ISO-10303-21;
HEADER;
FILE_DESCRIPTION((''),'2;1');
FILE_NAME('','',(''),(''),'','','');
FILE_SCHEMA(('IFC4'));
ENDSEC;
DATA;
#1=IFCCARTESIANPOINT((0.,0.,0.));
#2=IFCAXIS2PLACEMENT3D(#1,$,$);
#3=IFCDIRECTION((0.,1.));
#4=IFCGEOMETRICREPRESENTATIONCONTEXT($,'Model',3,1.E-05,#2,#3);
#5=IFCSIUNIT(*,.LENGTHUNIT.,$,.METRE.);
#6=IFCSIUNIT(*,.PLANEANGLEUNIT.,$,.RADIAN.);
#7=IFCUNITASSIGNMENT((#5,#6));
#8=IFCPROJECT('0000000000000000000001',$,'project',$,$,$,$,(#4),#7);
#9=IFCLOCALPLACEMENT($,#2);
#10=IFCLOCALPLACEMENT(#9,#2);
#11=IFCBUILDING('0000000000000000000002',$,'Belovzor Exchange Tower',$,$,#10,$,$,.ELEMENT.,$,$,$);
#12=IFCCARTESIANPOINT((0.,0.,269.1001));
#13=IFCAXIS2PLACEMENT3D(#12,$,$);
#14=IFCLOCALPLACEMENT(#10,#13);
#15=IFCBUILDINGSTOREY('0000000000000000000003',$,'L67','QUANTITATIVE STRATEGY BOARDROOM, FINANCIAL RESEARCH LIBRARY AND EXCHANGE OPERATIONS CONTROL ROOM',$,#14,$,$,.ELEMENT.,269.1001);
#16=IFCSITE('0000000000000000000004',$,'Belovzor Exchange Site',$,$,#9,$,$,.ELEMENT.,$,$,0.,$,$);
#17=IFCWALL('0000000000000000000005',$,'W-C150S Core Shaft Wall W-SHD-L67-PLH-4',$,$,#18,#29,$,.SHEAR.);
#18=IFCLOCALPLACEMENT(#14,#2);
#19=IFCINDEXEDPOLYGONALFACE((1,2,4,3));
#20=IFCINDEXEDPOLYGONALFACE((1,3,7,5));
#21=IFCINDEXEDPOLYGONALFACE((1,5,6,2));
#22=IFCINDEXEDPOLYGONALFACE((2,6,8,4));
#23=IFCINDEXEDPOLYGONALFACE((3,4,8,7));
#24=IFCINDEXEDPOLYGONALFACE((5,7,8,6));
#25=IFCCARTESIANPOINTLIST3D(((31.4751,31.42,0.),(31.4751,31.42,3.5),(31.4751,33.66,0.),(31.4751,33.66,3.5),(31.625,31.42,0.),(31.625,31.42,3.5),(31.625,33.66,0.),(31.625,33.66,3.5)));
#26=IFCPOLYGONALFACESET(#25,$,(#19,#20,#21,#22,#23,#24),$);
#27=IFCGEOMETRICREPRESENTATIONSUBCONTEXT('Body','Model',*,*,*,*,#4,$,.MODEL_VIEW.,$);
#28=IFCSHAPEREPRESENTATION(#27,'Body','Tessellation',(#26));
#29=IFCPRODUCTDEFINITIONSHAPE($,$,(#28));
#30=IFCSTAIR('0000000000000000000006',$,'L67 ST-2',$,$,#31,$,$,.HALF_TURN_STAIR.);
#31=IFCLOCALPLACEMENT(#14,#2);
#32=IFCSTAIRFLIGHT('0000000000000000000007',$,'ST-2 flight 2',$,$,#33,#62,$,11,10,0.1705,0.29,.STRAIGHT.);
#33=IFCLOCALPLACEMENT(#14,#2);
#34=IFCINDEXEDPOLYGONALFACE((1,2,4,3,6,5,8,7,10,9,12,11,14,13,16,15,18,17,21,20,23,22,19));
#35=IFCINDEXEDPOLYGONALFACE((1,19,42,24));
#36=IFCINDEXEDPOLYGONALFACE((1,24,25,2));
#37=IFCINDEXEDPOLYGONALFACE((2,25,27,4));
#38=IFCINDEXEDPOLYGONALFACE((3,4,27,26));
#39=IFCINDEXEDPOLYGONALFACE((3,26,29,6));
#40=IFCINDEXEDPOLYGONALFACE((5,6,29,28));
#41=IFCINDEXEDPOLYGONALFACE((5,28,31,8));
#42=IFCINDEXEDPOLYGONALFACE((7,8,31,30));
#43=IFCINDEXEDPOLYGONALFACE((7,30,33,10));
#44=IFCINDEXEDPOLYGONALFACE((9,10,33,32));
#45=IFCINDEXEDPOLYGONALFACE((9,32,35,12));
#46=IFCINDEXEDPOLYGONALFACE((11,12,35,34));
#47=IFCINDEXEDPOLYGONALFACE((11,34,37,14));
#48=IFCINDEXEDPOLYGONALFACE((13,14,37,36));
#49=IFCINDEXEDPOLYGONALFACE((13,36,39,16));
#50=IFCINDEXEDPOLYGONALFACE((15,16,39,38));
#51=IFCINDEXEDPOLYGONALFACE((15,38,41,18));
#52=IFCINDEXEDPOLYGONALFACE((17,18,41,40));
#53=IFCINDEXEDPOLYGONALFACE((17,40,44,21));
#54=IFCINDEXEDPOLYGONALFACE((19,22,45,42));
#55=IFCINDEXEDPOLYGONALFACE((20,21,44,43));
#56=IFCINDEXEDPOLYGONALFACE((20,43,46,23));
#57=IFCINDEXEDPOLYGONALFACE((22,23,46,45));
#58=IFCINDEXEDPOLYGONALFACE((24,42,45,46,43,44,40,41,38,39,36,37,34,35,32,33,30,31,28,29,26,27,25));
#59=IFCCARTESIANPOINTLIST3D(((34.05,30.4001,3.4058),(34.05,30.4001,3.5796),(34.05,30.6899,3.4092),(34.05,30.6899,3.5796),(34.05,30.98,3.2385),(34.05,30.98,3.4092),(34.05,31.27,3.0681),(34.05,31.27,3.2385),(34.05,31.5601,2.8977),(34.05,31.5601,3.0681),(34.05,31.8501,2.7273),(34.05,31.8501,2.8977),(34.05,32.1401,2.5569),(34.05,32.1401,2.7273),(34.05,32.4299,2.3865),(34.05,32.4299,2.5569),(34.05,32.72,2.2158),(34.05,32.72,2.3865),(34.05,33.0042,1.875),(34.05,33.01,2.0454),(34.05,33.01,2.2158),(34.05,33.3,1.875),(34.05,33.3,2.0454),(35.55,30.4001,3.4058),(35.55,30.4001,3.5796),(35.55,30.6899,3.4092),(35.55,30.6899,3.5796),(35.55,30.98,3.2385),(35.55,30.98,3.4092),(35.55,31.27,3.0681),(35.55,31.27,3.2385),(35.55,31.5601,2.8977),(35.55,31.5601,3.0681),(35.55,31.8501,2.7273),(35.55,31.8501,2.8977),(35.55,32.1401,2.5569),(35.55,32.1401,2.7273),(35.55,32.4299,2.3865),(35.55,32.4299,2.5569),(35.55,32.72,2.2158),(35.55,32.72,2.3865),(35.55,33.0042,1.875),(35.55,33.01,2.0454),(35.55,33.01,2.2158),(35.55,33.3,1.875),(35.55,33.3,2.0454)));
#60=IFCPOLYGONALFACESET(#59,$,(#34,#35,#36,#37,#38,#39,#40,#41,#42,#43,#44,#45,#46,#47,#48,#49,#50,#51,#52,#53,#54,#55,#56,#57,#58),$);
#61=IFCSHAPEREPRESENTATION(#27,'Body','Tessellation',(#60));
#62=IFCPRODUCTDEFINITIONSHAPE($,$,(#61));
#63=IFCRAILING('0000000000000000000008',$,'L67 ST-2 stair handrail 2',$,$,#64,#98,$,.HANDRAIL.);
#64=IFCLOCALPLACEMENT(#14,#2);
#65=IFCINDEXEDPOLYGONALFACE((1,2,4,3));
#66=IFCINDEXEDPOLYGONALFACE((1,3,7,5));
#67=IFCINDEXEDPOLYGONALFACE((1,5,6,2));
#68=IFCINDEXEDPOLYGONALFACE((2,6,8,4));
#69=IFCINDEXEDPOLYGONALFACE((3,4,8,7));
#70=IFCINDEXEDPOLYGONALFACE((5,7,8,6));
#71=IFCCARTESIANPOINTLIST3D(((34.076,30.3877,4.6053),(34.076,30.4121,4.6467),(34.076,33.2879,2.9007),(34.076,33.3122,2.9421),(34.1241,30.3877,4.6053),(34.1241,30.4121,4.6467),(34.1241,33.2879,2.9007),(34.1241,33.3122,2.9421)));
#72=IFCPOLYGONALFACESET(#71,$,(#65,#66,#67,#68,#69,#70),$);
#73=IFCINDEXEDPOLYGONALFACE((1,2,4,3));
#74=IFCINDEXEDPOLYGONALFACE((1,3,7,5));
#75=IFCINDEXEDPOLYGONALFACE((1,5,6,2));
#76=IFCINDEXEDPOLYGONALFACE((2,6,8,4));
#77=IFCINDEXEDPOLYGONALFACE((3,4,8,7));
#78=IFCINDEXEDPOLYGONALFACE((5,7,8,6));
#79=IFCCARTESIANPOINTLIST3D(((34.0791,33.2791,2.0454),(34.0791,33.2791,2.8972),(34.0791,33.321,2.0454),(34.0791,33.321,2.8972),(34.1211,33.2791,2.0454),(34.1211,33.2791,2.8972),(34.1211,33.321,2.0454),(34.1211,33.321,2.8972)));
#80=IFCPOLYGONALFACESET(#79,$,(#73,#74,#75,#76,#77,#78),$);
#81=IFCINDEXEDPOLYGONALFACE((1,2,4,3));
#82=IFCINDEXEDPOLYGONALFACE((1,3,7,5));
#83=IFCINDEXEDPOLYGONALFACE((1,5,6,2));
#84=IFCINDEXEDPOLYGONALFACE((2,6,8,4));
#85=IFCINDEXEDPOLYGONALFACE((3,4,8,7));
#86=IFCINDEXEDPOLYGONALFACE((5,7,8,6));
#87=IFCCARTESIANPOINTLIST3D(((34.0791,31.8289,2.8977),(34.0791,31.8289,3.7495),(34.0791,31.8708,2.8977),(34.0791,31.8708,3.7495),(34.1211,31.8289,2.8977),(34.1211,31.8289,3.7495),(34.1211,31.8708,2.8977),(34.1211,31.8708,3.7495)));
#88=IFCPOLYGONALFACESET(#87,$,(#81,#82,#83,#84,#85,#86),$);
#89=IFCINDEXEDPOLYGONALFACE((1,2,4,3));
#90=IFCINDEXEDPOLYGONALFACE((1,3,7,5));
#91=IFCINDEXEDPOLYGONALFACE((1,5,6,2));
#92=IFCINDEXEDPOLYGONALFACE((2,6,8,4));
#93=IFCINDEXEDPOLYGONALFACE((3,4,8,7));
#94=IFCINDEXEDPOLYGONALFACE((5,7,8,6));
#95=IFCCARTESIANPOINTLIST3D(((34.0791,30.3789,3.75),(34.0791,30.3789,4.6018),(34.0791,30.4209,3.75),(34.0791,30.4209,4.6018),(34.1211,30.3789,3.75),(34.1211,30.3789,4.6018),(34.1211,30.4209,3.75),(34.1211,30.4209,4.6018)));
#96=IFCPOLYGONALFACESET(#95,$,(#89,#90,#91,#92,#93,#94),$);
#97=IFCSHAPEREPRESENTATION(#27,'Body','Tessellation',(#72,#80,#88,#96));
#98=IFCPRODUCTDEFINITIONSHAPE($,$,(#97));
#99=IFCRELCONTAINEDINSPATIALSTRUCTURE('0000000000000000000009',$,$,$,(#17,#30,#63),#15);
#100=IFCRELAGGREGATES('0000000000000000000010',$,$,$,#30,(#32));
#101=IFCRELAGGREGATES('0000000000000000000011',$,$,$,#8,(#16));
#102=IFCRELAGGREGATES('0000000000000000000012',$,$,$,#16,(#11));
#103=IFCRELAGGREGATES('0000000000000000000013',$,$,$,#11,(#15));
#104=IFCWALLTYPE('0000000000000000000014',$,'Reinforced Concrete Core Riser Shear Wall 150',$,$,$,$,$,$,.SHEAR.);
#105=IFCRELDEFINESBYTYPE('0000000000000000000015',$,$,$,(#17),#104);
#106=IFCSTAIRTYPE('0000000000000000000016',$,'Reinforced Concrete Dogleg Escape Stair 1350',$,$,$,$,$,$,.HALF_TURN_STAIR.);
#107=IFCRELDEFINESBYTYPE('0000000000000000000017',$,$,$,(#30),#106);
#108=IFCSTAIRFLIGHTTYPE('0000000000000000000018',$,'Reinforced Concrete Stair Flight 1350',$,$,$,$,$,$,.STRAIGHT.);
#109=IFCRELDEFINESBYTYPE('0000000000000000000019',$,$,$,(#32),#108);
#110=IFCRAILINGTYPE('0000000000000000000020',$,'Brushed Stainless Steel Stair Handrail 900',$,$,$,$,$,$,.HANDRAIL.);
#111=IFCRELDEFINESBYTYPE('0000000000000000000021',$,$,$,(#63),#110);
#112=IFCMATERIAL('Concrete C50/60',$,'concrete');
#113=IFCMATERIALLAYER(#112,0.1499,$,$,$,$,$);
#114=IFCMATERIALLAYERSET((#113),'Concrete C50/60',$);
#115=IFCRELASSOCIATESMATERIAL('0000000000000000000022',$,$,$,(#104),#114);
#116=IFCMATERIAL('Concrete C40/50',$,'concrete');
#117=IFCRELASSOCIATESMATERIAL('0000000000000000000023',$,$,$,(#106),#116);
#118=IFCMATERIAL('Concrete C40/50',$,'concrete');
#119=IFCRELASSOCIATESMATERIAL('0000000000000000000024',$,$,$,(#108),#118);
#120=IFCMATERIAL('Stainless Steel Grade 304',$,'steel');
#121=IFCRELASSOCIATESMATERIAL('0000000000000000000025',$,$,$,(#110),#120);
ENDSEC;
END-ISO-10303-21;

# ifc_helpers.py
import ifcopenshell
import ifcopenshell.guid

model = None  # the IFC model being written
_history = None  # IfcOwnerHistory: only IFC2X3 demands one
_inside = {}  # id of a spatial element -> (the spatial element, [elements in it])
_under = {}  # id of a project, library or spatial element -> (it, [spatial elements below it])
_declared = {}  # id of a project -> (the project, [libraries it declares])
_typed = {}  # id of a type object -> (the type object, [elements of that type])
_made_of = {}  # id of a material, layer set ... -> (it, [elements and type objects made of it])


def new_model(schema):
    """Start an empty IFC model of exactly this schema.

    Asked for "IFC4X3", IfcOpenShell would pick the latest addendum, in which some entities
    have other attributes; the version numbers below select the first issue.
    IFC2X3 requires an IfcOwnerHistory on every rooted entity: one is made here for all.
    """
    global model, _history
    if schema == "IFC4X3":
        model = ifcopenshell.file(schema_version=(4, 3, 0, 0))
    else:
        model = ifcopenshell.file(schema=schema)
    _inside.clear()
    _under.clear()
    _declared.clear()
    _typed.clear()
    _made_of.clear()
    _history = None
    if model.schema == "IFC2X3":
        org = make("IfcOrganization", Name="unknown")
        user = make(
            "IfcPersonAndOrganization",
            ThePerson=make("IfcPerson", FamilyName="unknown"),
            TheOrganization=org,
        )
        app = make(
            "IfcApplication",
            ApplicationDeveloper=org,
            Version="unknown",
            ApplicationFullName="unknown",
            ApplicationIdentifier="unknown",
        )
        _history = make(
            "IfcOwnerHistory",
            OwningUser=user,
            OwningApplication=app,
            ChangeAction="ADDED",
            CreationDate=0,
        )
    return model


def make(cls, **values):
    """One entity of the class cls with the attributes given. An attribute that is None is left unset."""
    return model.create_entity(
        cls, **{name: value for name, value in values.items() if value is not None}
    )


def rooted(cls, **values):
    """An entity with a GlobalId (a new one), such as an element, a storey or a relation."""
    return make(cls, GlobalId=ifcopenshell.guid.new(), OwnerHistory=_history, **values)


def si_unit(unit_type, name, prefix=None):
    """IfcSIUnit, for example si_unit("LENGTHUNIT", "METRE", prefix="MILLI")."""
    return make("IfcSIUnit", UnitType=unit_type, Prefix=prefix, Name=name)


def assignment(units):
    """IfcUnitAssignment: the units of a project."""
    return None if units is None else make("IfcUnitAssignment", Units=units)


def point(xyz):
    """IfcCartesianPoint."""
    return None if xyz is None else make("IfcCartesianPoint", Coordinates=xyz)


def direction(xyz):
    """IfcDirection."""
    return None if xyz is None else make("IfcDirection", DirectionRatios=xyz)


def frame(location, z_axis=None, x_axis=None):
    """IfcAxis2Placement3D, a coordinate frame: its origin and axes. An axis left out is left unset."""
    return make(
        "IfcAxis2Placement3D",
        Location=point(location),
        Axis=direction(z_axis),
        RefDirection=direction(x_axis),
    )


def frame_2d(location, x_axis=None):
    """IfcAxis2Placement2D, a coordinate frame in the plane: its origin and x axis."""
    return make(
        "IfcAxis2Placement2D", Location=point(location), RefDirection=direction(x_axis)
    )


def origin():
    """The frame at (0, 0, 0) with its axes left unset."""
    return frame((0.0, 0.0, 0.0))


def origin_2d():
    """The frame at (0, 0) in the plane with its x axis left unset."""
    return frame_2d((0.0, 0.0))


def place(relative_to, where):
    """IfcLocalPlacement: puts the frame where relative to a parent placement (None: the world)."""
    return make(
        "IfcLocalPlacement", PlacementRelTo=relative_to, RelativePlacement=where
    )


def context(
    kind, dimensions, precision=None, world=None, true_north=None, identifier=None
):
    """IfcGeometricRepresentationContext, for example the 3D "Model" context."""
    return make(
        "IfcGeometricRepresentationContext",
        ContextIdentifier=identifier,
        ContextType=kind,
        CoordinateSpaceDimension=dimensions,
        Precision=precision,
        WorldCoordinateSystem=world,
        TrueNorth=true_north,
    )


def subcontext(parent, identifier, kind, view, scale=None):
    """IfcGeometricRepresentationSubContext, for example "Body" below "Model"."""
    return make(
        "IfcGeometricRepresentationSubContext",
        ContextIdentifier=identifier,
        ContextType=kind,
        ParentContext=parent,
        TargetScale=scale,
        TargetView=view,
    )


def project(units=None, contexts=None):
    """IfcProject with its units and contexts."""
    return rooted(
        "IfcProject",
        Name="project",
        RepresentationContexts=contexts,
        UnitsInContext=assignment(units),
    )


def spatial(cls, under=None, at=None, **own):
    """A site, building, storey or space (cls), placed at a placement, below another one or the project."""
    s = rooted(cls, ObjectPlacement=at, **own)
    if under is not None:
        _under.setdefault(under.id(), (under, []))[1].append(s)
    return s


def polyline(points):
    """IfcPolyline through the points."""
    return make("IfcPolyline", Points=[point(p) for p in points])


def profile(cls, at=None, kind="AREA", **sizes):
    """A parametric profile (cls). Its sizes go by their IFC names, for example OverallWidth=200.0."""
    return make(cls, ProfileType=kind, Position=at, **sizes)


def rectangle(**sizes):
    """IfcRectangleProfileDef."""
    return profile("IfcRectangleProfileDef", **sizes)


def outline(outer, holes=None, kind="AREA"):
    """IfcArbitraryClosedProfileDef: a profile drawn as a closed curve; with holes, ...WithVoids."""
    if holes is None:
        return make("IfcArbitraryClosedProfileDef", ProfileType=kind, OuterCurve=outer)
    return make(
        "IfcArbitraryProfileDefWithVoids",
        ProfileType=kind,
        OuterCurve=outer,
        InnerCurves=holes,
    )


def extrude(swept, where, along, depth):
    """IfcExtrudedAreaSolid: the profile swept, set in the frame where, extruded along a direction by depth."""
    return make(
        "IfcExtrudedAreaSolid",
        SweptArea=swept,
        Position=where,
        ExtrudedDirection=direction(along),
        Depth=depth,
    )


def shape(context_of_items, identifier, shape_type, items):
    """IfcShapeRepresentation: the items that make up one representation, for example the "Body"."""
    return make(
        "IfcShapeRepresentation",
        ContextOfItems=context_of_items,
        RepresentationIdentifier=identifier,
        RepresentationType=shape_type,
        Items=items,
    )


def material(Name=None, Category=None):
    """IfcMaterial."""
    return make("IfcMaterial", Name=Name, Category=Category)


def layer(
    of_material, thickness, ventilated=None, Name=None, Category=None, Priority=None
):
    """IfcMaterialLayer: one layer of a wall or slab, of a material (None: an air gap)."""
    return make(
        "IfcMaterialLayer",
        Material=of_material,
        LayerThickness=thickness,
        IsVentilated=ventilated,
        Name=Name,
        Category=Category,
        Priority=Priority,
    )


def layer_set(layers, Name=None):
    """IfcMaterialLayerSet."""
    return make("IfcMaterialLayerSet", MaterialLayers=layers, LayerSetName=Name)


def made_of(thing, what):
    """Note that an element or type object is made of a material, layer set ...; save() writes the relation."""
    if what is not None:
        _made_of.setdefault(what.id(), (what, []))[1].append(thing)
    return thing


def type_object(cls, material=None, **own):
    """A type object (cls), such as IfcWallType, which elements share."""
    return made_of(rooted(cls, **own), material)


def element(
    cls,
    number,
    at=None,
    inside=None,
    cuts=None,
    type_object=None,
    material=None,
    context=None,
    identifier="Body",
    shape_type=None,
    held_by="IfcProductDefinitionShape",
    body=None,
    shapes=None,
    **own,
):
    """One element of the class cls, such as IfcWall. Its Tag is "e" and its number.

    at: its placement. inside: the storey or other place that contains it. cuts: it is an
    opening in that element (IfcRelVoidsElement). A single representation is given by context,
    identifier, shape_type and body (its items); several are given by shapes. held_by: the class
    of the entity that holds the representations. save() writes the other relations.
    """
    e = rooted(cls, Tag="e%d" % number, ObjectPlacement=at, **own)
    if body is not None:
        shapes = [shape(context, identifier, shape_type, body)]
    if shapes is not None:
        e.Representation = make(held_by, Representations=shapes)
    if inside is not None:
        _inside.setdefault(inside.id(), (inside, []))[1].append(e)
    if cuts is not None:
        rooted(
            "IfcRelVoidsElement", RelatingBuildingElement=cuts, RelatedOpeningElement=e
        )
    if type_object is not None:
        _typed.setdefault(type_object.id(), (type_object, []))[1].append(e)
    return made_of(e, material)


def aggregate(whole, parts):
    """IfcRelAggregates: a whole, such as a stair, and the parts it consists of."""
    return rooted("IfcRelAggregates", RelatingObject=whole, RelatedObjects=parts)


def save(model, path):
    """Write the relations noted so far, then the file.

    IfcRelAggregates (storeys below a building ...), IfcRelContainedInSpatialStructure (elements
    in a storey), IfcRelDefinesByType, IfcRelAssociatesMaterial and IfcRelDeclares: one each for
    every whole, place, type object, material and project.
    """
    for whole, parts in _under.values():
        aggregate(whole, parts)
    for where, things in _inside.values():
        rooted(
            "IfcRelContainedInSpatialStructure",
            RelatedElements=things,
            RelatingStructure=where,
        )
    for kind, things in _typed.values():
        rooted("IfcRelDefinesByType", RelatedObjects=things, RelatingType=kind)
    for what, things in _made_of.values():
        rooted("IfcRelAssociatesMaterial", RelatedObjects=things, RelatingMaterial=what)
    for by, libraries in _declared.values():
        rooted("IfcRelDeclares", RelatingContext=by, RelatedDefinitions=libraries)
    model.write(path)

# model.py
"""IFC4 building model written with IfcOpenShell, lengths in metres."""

from ifc_helpers import new_model, si_unit, direction, frame, frame_2d, origin, origin_2d, place, context, subcontext, project, spatial, polyline, rectangle, outline, extrude, material, layer, layer_set, type_object, element, aggregate, save


model = new_model("IFC4")

# Units and contexts
model_context = context("Model", 3, precision=1e-05, world=origin(), true_north=direction((0.0, 1.0)))
body_context = subcontext(model_context, "Body", "Model", "MODEL_VIEW")
ifc_project = project(units=[si_unit("LENGTHUNIT", "METRE"), si_unit("PLANEANGLEUNIT", "RADIAN")], contexts=[model_context])

# Site, building, storey
site_placement = place(None, origin())
site = spatial("IfcSite", under=ifc_project, at=site_placement, Name="Belovzor Exchange Site", CompositionType="ELEMENT", RefElevation=0.0)
building_placement = place(site_placement, origin())
building = spatial("IfcBuilding", under=site, at=building_placement, Name="Belovzor Exchange Tower", CompositionType="ELEMENT")
storey_placement = place(building_placement, frame((0.0, 0.0, 269.1001)))
storey = spatial("IfcBuildingStorey", under=building, at=storey_placement, Name="L67", Description="QUANTITATIVE STRATEGY BOARDROOM, FINANCIAL RESEARCH LIBRARY AND EXCHANGE OPERATIONS CONTROL ROOM", CompositionType="ELEMENT", Elevation=269.1001)

# Wall
ifc_material_1 = material(Name="Concrete C50/60", Category="concrete")
ifc_layer_1 = layer(ifc_material_1, 0.1499)
ifc_layer_set_1 = layer_set([ifc_layer_1], Name="Concrete C50/60")
wall_type_1 = type_object("IfcWallType", Name="Reinforced Concrete Core Riser Shear Wall 150", PredefinedType="SHEAR", material=ifc_layer_set_1)
for number, where, z_axis, x_axis, name in (
    (1, (31.55, 31.4199, 0.0), (0.0, 0.0, 1.0), (0.0, 1.0, 0.0), "W-C150S Core Shaft Wall W-SHD-L67-PLH-4"),
):
    element("IfcWall", number, at=place(storey_placement, frame(where, z_axis=z_axis, x_axis=x_axis)), inside=storey, type_object=wall_type_1, Name=name, PredefinedType="SHEAR", context=body_context, shape_type="SweptSolid", body=[
        extrude(rectangle(XDim=2.24, YDim=0.1499, at=frame_2d((1.1201, 0.0))), origin(), (0.0, 0.0, 1.0), 3.5),
    ])

# Stair, stair flight
ifc_material_2 = material(Name="Concrete C40/50", Category="concrete")
stair_type = type_object("IfcStairType", Name="Reinforced Concrete Dogleg Escape Stair 1350", PredefinedType="HALF_TURN_STAIR", material=ifc_material_2)
stair_placement = place(storey_placement, origin())
stair = element("IfcStair", 2, at=stair_placement, inside=storey, type_object=stair_type, Name="L67 ST-2", PredefinedType="HALF_TURN_STAIR")
ifc_material_3 = material(Name="Concrete C40/50", Category="concrete")
stair_flight_type = type_object("IfcStairFlightType", Name="Reinforced Concrete Stair Flight 1350", PredefinedType="STRAIGHT", material=ifc_material_3)
stair_flight_placement = place(storey_placement, frame((34.8, 33.3, 1.875), z_axis=(0.0, 0.0, 1.0), x_axis=(0.0, -1.0, 0.0)))
stair_flight = element("IfcStairFlight", 3, at=stair_flight_placement, type_object=stair_flight_type, Name="ST-2 flight 2", NumberOfRisers=11, NumberOfTreads=10, PredefinedType="STRAIGHT", RiserHeight=0.1705, TreadLength=0.29, context=body_context, shape_type="SweptSolid", body=[
    extrude(outline(polyline([(0.0, 0.0), (0.0, 0.1704), (0.29, 0.1704), (0.29, 0.3408), (0.5801, 0.3408), (0.5801, 0.5115), (0.8701, 0.5115), (0.8701, 0.6819), (1.1599, 0.6819), (1.1599, 0.8523), (1.45, 0.8523), (1.45, 1.0227), (1.74, 1.0227), (1.74, 1.1931), (2.03, 1.1931), (2.03, 1.3635), (2.3201, 1.3635), (2.3201, 1.5342), (2.6101, 1.5342), (2.6101, 1.7046), (2.8999, 1.7046), (2.8999, 1.875), (2.8999, 1.5308), (0.2959, 0.0), (0.0, 0.0)])), frame((0.0, 0.75, 0.0), z_axis=(0.0, -1.0, 0.0), x_axis=(1.0, 0.0, 0.0)), (0.0, 0.0, 1.0), 1.5),
])
aggregate(stair, [stair_flight])

# Railing
ifc_material_4 = material(Name="Stainless Steel Grade 304", Category="steel")
railing_type = type_object("IfcRailingType", Name="Brushed Stainless Steel Stair Handrail 900", PredefinedType="HANDRAIL", material=ifc_material_4)
railing_placement = place(storey_placement, frame((34.1001, 33.3, 2.0454)))
element("IfcRailing", 4, at=railing_placement, inside=storey, type_object=railing_type, Name="L67 ST-2 stair handrail 2", PredefinedType="HANDRAIL", context=body_context, shape_type="SweptSolid", body=[
    extrude(rectangle(XDim=0.0481, YDim=0.0481, at=origin_2d()), frame((0.0, 0.0, 0.876), z_axis=(0.0, -0.862113, 0.506716), x_axis=(1.0, 0.0, 0.0)), (0.0, 0.0, 1.0), 3.364),
    extrude(rectangle(XDim=0.042, YDim=0.042, at=origin_2d()), origin(), (0.0, 0.0, 1.0), 0.8518),
    extrude(rectangle(XDim=0.042, YDim=0.042, at=origin_2d()), frame((0.0, -1.4502, 0.8523)), (0.0, 0.0, 1.0), 0.8518),
    extrude(rectangle(XDim=0.042, YDim=0.042, at=origin_2d()), frame((0.0, -2.9001, 1.7046)), (0.0, 0.0, 1.0), 0.8518),
])

save(model, "model.ifc")
